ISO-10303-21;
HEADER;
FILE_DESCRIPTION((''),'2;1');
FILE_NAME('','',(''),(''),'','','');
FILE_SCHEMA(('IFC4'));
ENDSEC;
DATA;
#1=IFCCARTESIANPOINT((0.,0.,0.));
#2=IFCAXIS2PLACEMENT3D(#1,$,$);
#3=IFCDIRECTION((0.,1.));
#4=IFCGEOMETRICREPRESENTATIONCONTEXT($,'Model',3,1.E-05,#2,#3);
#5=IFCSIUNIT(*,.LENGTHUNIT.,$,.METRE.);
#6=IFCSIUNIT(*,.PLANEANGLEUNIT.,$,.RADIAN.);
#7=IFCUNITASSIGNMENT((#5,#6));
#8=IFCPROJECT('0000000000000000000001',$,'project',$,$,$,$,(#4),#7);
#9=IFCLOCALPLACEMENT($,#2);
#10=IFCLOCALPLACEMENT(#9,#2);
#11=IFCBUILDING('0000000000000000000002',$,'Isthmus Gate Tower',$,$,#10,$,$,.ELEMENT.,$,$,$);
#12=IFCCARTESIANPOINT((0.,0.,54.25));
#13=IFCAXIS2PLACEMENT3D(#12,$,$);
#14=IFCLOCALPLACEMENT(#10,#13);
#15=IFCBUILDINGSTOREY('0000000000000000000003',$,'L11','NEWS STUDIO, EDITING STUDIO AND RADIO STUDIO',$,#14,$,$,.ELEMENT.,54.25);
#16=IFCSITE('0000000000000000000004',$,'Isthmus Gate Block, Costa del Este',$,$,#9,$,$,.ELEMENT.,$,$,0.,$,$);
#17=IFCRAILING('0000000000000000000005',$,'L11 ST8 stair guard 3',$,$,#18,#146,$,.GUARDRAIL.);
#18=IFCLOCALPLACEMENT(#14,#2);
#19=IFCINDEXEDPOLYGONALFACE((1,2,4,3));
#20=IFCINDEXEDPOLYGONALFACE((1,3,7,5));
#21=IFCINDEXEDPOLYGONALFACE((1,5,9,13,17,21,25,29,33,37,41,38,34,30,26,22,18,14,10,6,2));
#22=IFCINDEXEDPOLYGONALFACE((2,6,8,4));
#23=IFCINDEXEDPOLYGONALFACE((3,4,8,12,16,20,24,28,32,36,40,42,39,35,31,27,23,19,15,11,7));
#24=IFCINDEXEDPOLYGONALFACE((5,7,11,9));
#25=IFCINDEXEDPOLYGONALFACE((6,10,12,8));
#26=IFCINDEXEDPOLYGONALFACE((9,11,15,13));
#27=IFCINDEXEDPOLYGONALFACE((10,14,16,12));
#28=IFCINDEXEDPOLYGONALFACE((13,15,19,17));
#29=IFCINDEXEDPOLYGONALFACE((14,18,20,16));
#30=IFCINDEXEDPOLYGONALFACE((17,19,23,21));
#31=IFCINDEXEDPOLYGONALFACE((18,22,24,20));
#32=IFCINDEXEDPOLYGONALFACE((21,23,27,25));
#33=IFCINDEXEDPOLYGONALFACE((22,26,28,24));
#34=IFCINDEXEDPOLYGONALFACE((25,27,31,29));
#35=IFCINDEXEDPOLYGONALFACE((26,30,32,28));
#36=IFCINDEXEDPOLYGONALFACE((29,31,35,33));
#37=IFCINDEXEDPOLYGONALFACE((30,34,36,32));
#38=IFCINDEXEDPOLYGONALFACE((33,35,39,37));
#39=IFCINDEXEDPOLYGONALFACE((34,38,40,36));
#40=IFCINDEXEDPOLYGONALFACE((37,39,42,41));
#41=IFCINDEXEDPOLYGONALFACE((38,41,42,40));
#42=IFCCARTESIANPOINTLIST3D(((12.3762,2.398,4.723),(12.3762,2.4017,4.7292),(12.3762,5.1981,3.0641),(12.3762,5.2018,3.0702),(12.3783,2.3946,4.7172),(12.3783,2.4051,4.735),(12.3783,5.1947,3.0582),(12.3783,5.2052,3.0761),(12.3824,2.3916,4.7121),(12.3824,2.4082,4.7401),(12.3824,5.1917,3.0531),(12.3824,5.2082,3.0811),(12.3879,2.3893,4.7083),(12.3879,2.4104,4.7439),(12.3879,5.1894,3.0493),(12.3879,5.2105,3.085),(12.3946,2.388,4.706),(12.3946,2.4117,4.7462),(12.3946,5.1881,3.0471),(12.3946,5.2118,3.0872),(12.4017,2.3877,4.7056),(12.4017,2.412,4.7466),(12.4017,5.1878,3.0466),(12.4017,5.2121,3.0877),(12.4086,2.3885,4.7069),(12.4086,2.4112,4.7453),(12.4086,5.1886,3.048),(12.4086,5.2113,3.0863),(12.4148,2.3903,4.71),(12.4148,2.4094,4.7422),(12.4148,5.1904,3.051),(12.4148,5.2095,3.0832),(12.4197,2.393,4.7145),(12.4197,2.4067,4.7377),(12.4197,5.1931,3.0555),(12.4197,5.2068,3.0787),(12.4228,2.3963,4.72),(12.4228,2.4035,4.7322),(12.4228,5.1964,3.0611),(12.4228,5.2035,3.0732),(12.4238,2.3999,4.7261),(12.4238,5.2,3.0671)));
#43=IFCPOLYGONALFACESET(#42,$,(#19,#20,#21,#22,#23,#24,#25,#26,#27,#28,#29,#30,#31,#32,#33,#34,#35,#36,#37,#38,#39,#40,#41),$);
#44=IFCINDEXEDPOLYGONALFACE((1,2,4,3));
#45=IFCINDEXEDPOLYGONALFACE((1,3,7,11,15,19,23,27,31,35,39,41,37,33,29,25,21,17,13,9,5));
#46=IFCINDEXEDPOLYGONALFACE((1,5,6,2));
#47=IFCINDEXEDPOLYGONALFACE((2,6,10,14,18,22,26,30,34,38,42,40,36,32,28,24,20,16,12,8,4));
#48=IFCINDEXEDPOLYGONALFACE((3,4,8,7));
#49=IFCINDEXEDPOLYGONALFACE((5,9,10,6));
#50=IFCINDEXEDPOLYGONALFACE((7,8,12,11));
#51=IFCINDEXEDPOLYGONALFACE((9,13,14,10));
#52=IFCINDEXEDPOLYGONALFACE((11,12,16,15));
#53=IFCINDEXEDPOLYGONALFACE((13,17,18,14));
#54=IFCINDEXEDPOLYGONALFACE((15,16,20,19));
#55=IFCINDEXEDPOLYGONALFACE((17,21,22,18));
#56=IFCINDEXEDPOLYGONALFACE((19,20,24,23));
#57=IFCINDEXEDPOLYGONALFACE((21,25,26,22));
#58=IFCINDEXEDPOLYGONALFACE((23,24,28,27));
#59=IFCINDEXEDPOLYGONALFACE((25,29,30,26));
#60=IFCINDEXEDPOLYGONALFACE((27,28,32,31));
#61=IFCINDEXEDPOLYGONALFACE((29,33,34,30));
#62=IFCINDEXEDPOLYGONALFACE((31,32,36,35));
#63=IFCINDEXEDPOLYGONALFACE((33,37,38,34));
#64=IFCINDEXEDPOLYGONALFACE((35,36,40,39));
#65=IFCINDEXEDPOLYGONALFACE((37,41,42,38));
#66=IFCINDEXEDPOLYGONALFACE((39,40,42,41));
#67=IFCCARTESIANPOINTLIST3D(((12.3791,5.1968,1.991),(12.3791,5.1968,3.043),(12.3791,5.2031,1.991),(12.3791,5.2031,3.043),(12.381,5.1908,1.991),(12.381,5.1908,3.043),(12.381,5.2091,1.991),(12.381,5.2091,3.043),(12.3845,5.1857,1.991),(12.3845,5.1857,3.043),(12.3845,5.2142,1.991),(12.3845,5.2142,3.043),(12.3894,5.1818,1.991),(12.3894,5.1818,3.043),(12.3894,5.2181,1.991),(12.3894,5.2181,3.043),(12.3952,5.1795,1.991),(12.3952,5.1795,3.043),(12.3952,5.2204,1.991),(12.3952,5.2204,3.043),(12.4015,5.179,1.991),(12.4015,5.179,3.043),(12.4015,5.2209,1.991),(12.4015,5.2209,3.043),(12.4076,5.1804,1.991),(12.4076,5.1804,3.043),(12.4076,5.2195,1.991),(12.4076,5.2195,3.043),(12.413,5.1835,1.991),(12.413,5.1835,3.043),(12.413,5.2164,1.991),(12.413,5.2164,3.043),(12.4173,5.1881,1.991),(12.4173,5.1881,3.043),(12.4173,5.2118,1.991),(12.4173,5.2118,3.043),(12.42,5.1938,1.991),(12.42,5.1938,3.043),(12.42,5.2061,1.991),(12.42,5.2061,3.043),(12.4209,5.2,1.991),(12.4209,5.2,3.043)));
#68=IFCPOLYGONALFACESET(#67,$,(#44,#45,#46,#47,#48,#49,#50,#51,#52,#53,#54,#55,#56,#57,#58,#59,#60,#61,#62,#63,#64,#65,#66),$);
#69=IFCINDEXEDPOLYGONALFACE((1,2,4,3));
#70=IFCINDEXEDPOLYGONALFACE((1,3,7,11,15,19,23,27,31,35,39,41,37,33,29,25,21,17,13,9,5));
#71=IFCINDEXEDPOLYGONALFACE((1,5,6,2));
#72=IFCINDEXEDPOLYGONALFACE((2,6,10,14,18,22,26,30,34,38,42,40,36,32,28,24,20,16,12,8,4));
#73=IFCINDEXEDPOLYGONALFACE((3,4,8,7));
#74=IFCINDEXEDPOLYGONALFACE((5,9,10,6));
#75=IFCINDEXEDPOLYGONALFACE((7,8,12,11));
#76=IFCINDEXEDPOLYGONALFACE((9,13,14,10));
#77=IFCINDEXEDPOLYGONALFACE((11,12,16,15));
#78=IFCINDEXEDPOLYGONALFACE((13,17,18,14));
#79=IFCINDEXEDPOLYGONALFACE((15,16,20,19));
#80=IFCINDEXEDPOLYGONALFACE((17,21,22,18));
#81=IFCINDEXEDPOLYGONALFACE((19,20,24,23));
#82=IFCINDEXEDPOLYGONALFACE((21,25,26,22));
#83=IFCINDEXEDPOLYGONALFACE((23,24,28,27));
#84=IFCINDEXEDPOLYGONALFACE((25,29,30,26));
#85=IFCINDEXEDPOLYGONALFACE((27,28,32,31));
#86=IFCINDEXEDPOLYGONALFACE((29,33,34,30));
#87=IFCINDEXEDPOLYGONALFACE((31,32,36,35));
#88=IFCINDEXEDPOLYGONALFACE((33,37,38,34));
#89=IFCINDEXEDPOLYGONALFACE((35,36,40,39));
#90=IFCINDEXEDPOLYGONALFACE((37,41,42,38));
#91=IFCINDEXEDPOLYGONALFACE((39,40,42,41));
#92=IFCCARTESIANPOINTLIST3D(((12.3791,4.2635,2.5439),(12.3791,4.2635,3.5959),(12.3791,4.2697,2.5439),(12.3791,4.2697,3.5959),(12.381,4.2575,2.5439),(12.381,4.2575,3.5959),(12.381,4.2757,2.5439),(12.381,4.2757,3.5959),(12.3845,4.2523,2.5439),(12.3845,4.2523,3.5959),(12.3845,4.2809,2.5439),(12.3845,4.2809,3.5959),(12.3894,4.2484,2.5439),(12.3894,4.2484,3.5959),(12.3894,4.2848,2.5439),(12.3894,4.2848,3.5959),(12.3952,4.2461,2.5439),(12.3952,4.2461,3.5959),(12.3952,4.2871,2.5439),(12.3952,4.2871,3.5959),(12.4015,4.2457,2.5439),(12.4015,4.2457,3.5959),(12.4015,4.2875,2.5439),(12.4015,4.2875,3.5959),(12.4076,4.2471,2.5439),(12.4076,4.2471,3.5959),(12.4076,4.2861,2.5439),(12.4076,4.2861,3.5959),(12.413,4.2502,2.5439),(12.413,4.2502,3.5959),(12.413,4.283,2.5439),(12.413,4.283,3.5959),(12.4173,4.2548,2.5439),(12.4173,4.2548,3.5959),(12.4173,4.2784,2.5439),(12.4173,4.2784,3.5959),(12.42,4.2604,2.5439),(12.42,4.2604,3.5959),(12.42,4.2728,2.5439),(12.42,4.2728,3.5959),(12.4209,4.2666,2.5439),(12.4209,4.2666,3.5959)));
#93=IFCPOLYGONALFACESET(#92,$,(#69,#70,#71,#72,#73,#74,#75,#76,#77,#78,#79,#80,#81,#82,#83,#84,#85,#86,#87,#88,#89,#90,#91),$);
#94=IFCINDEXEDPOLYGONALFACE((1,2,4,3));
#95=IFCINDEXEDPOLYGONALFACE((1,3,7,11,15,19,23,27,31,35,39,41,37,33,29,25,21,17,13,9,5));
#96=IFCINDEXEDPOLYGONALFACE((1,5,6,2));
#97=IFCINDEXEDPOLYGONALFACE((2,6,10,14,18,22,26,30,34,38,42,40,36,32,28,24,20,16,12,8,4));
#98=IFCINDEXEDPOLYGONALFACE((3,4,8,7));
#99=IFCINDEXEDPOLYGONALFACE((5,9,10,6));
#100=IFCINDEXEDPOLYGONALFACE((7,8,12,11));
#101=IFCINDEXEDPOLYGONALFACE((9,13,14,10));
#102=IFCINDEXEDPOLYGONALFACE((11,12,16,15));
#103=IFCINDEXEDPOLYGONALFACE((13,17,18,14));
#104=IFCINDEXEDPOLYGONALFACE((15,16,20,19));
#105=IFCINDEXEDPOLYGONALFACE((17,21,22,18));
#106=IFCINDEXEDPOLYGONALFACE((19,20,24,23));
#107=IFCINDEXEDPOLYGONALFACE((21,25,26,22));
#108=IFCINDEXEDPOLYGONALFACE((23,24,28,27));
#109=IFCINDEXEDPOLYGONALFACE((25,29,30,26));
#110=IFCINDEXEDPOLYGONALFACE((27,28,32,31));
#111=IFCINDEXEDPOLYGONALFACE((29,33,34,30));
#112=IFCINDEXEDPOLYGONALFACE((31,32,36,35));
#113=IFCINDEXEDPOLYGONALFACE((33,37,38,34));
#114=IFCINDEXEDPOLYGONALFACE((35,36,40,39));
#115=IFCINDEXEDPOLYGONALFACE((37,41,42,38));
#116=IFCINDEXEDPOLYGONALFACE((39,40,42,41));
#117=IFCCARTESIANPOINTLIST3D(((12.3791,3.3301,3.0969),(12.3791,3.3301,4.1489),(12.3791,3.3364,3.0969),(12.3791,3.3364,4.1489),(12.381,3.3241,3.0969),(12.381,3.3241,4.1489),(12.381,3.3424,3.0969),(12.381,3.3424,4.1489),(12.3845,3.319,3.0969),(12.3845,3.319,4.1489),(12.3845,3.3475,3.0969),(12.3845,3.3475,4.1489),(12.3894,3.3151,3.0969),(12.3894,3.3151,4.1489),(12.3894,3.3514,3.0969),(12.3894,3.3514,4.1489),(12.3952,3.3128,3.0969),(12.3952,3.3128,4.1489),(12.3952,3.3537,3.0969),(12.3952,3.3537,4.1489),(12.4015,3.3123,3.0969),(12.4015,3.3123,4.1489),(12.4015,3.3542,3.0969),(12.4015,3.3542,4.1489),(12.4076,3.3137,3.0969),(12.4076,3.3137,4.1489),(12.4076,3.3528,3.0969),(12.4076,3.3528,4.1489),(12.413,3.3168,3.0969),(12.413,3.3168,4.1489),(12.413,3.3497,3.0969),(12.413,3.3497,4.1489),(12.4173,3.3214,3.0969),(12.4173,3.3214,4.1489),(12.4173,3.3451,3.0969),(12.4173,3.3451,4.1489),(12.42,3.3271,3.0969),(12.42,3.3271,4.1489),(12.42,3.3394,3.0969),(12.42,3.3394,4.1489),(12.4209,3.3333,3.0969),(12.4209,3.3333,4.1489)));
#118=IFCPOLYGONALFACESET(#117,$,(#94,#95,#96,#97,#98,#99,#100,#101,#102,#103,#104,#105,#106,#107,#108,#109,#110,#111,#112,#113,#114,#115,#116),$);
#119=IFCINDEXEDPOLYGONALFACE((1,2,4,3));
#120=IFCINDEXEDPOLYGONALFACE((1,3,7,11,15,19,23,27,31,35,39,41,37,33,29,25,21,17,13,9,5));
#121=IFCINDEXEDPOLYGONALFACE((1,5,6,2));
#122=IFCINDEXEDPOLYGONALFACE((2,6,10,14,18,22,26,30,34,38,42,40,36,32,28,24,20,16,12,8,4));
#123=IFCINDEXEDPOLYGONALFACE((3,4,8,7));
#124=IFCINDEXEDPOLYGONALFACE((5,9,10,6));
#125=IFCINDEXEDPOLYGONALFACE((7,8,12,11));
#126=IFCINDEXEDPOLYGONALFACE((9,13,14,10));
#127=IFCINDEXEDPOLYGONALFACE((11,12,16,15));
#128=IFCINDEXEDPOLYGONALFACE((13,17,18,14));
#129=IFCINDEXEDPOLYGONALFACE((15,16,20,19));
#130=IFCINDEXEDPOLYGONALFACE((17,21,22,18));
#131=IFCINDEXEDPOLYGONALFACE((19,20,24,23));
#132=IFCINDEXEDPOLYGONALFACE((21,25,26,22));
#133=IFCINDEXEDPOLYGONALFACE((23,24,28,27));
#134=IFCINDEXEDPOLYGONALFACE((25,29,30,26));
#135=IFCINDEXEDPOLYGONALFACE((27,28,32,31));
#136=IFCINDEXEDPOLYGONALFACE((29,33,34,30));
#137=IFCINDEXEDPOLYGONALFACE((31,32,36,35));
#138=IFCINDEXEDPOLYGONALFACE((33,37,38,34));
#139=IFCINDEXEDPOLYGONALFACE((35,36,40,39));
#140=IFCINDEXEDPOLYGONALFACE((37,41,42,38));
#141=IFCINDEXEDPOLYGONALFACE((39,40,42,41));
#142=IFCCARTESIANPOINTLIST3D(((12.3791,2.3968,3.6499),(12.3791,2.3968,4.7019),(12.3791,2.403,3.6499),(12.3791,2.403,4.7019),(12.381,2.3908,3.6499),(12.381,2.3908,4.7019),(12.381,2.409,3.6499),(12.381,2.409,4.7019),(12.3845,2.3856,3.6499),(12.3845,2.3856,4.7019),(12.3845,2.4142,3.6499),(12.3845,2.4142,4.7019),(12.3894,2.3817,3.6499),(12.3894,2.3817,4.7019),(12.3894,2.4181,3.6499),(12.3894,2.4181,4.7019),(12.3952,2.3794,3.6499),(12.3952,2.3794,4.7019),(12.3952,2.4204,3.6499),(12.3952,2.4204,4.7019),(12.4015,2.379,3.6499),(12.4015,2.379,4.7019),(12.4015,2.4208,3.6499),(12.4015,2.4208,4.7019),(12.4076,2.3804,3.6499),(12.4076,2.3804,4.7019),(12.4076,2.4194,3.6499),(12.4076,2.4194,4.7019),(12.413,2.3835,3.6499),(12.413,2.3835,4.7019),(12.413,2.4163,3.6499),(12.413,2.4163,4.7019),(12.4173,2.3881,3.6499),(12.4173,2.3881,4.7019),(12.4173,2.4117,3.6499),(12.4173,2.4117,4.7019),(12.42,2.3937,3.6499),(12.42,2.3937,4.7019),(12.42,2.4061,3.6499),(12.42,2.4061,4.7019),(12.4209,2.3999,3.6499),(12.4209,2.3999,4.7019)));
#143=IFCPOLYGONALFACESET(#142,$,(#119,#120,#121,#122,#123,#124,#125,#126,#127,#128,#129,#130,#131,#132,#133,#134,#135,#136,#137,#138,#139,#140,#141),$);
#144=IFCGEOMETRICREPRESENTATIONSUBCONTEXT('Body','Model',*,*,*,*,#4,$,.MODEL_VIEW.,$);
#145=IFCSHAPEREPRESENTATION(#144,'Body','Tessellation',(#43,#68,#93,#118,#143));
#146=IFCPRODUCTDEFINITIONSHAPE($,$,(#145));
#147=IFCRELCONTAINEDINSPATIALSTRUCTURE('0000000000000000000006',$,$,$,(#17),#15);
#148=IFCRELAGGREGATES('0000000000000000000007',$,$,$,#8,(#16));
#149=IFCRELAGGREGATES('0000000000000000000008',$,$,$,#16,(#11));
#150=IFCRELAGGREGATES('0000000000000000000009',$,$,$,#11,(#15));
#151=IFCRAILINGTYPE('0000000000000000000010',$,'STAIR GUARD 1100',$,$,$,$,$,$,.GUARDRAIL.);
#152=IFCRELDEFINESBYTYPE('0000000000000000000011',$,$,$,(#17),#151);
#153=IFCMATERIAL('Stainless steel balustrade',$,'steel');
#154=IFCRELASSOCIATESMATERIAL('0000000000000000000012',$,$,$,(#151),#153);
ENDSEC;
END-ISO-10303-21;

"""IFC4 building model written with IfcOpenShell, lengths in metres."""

from ifc_helpers import new_model, si_unit, direction, frame, origin, origin_2d, place, context, subcontext, project, spatial, circle, extrude, material, type_object, element, save


model = new_model("IFC4")

# Units and contexts
model_context = context("Model", 3, precision=1e-05, world=origin(), true_north=direction((0.0, 1.0)))
body_context = subcontext(model_context, "Body", "Model", "MODEL_VIEW")
ifc_project = project(units=[si_unit("LENGTHUNIT", "METRE"), si_unit("PLANEANGLEUNIT", "RADIAN")], contexts=[model_context])

# Site, building, storey
site_placement = place(None, origin())
site = spatial("IfcSite", under=ifc_project, at=site_placement, Name="Isthmus Gate Block, Costa del Este", CompositionType="ELEMENT", RefElevation=0.0)
building_placement = place(site_placement, origin())
building = spatial("IfcBuilding", under=site, at=building_placement, Name="Isthmus Gate Tower", CompositionType="ELEMENT")
storey_placement = place(building_placement, frame((0.0, 0.0, 54.25)))
storey = spatial("IfcBuildingStorey", under=building, at=storey_placement, Name="L11", Description="NEWS STUDIO, EDITING STUDIO AND RADIO STUDIO", CompositionType="ELEMENT", Elevation=54.25)

# Railing
ifc_material_1 = material(Name="Stainless steel balustrade", Category="steel")
railing_type_1 = type_object("IfcRailingType", Name="STAIR GUARD 1100", PredefinedType="GUARDRAIL", material=ifc_material_1)
railing_1_placement = place(storey_placement, frame((12.3999, 5.2, 1.991)))
element("IfcRailing", 1, at=railing_1_placement, inside=storey, type_object=railing_type_1, Name="L11 ST8 stair guard 3", PredefinedType="GUARDRAIL", context=body_context, shape_type="SweptSolid", body=[
    extrude(circle(Radius=0.0239, at=origin_2d()), frame((0.0, 0.0, 1.0762), z_axis=(0.0, -0.860339, 0.509722), x_axis=(1.0, 0.0, 0.0)), (0.0, 0.0, 1.0), 3.2546),
    extrude(circle(Radius=0.021, at=origin_2d()), origin(), (0.0, 0.0, 1.0), 1.052),
    extrude(circle(Radius=0.021, at=origin_2d()), frame((0.0, -0.9333, 0.553)), (0.0, 0.0, 1.0), 1.052),
    extrude(circle(Radius=0.021, at=origin_2d()), frame((0.0, -1.8667, 1.106)), (0.0, 0.0, 1.0), 1.052),
    extrude(circle(Radius=0.021, at=origin_2d()), frame((0.0, -2.8, 1.6589)), (0.0, 0.0, 1.0), 1.052),
])

save(model, "model.ifc")
